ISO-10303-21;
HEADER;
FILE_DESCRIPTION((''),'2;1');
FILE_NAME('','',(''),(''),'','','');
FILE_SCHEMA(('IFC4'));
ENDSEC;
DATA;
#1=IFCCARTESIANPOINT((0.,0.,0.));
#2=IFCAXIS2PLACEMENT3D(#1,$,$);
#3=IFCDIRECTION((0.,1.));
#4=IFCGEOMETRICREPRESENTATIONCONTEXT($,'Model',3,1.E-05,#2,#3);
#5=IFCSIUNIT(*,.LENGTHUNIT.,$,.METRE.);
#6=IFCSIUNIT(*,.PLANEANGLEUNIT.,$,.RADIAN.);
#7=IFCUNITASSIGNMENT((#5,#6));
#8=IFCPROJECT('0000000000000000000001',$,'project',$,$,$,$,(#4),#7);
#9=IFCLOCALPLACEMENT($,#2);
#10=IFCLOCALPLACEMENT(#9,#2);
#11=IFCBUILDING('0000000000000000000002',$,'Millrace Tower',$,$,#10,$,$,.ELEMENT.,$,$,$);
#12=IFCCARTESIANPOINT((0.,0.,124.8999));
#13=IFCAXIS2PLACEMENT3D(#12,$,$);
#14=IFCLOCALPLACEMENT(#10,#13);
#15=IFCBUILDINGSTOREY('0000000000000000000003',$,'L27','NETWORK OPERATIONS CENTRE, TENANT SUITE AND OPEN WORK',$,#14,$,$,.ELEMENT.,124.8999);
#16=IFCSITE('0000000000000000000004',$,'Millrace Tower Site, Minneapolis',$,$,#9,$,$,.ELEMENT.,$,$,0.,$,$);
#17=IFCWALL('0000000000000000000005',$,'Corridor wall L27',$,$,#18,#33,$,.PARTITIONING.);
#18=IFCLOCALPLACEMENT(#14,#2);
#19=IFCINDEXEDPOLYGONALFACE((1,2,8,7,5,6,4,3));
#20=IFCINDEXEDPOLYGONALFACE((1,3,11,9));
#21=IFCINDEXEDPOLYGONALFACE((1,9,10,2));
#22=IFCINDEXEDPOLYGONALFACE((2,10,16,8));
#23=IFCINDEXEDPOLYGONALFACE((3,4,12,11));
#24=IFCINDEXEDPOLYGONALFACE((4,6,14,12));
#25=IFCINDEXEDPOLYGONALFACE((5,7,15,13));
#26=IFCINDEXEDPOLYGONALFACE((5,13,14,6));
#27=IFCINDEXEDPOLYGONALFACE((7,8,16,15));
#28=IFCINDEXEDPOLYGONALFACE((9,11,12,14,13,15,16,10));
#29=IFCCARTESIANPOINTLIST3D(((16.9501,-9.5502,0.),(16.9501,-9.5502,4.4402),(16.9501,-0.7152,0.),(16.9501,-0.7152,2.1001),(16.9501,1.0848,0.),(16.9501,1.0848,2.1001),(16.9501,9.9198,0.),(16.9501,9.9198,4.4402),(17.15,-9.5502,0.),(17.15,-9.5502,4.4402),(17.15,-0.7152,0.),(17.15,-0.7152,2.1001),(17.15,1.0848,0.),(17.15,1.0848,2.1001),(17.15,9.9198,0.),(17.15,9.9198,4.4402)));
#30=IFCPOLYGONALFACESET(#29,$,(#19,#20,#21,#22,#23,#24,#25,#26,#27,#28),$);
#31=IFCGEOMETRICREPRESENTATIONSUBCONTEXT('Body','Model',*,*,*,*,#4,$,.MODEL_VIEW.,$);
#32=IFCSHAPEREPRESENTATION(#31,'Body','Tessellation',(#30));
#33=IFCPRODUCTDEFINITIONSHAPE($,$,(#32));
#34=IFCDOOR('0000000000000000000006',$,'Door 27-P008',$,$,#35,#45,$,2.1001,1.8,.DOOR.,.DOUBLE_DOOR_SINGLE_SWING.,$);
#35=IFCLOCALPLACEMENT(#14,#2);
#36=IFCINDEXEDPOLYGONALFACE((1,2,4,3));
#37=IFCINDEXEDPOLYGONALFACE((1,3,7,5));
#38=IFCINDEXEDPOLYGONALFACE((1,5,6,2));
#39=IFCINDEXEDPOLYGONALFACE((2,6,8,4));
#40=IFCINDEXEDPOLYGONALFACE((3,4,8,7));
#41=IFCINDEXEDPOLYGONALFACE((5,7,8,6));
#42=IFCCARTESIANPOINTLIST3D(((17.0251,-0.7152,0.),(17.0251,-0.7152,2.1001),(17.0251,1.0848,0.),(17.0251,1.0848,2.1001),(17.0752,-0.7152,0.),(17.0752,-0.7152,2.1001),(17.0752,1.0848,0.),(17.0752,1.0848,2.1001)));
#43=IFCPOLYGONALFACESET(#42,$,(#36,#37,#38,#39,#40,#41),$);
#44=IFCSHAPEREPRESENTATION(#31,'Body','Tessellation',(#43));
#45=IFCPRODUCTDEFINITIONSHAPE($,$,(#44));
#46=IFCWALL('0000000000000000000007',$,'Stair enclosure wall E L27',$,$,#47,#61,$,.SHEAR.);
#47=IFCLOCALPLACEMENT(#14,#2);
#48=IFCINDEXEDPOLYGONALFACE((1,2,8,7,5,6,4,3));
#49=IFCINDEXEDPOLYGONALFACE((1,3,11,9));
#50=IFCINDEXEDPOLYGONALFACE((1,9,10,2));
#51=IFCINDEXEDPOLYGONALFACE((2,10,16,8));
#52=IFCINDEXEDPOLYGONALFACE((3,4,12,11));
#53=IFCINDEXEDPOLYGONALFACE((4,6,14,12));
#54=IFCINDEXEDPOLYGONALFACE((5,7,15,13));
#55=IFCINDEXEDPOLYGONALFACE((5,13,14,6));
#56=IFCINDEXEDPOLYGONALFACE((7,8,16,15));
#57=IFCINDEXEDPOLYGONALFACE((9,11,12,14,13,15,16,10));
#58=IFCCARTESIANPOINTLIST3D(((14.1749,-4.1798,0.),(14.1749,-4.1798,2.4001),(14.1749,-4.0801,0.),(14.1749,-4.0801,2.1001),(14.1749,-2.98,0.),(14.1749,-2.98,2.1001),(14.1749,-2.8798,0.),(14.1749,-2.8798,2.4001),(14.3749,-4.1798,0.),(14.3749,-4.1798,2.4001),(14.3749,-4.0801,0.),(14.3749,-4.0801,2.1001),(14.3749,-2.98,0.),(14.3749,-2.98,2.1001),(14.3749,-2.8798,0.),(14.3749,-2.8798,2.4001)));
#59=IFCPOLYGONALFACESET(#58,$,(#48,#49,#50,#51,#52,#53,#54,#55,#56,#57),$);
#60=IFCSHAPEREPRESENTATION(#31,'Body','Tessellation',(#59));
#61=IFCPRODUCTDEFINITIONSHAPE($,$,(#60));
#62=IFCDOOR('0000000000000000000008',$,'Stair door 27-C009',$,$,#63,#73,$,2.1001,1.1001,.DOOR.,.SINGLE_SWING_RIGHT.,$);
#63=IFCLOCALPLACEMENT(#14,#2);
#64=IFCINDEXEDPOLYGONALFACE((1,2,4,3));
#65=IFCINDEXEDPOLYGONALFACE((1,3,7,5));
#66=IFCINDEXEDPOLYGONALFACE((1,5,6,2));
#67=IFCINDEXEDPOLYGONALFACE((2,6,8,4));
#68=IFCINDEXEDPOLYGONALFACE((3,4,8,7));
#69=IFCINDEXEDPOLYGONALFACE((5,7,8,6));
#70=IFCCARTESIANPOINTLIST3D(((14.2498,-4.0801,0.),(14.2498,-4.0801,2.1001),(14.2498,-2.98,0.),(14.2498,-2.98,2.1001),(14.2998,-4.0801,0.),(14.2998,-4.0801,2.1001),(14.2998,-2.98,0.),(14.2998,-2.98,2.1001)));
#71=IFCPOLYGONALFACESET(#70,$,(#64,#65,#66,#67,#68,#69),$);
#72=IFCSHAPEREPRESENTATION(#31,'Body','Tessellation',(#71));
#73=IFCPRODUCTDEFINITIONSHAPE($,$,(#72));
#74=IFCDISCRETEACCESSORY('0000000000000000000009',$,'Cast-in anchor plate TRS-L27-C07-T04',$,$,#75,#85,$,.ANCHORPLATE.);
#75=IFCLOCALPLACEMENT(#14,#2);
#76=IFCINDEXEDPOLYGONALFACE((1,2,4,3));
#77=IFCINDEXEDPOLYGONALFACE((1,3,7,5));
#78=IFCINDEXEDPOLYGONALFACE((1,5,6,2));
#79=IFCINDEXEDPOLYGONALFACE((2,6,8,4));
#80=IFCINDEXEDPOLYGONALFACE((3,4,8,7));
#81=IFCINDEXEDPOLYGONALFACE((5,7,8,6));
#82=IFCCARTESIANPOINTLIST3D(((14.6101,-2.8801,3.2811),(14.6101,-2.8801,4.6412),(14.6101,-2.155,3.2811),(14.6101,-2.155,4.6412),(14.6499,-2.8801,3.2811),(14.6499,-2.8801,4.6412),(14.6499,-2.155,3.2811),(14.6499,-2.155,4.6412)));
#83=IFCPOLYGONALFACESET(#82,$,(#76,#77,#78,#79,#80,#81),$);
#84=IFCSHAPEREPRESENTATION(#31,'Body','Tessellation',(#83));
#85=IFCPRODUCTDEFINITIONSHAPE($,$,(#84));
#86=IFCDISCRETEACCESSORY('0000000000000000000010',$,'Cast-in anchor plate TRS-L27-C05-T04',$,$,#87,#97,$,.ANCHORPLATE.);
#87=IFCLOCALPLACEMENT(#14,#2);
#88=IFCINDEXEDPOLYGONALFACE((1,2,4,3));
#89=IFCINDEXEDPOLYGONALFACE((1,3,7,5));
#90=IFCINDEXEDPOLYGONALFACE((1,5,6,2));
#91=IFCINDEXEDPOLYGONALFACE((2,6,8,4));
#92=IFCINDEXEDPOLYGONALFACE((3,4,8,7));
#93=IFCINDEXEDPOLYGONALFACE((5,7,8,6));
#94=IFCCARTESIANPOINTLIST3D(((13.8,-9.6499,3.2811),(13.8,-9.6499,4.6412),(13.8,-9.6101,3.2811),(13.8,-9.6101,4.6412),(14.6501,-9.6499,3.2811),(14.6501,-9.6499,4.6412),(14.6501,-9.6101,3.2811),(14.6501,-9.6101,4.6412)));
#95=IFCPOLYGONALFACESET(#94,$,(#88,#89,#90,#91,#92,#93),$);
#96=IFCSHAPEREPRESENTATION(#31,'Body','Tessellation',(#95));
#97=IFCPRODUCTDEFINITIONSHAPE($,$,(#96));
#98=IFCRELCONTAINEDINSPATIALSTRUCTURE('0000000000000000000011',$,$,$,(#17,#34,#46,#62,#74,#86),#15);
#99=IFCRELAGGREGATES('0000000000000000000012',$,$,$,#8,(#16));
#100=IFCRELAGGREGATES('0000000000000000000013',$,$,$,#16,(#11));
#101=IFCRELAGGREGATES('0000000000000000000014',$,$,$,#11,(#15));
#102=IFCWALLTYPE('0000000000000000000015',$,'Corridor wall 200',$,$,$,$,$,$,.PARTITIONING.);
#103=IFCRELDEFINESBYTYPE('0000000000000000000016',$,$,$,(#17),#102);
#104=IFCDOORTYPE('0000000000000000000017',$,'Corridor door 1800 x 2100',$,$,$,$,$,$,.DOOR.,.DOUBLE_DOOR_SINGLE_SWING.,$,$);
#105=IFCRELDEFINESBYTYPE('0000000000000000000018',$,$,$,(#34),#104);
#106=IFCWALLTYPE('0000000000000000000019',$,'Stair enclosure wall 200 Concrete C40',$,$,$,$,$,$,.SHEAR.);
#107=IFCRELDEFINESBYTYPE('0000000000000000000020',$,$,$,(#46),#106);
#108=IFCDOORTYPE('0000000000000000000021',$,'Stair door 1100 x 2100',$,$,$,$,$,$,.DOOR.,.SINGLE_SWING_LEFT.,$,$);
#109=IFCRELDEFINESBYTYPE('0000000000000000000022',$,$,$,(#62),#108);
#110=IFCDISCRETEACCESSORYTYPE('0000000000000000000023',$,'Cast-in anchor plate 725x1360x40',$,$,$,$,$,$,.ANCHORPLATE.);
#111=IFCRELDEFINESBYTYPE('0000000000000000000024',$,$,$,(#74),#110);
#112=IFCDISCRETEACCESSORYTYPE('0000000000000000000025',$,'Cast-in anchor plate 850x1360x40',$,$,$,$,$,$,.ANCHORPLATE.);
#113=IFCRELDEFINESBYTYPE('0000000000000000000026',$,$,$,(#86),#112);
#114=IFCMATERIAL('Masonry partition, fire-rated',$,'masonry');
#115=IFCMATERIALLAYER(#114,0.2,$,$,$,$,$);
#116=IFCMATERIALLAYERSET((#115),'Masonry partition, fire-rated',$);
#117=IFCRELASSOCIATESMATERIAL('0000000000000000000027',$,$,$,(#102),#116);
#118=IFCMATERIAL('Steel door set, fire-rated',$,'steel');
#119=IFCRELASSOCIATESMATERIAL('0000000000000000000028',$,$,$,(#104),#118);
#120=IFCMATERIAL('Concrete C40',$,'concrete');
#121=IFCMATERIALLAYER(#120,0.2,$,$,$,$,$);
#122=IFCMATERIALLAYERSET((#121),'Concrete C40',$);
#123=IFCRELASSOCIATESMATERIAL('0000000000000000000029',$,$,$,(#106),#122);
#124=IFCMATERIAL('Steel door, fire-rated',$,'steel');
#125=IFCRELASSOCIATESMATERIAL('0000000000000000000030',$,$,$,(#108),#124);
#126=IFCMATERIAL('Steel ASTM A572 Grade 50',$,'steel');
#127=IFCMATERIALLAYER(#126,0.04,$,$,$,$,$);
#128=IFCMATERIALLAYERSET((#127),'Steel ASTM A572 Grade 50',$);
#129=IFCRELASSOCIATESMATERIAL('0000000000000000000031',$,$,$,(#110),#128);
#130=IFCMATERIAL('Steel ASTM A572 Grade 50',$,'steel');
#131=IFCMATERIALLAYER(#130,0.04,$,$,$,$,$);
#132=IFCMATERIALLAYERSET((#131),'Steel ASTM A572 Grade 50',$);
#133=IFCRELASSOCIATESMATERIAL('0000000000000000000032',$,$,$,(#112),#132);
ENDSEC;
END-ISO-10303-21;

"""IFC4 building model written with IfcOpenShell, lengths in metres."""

from ifc_helpers import new_model, si_unit, direction, frame, frame_2d, origin, origin_2d, place, context, subcontext, project, spatial, rectangle, extrude, material, layer, layer_set, type_object, element, fill, save


model = new_model("IFC4")

# Units and contexts
model_context = context("Model", 3, precision=1e-05, world=origin(), true_north=direction((0.0, 1.0)))
body_context = subcontext(model_context, "Body", "Model", "MODEL_VIEW")
ifc_project = project(units=[si_unit("LENGTHUNIT", "METRE"), si_unit("PLANEANGLEUNIT", "RADIAN")], contexts=[model_context])

# Site, building, storey
site_placement = place(None, origin())
site = spatial("IfcSite", under=ifc_project, at=site_placement, Name="Millrace Tower Site, Minneapolis", CompositionType="ELEMENT", RefElevation=0.0)
building_placement = place(site_placement, origin())
building = spatial("IfcBuilding", under=site, at=building_placement, Name="Millrace Tower", CompositionType="ELEMENT")
storey_placement = place(building_placement, frame((0.0, 0.0, 124.8999)))
storey = spatial("IfcBuildingStorey", under=building, at=storey_placement, Name="L27", Description="NETWORK OPERATIONS CENTRE, TENANT SUITE AND OPEN WORK", CompositionType="ELEMENT", Elevation=124.8999)

# Shared definitions
ifc_material_1 = material(Name="Masonry partition, fire-rated", Category="masonry")
ifc_layer_1 = layer(ifc_material_1, 0.2)
ifc_layer_set_1 = layer_set([ifc_layer_1], Name="Masonry partition, fire-rated")
wall_type_1 = type_object("IfcWallType", Name="Corridor wall 200", PredefinedType="PARTITIONING", material=ifc_layer_set_1)

# Walls, openings, doors
wall_1_placement = place(storey_placement, frame((17.05, -9.55, 0.0), z_axis=(0.0, 0.0, 1.0), x_axis=(0.0, 1.0, 0.0)))
wall_1 = element("IfcWall", 1, at=wall_1_placement, inside=storey, type_object=wall_type_1, Name="Corridor wall L27", PredefinedType="PARTITIONING", context=body_context, shape_type="SweptSolid", body=[
    extrude(rectangle(XDim=19.47, YDim=0.2, at=frame_2d((9.7349, 0.0))), origin(), (0.0, 0.0, 1.0), 4.4402),
])
opening_1_placement = place(wall_1_placement, frame((8.835, 0.0, 0.0)))
opening_1 = element("IfcOpeningElement", 2, at=opening_1_placement, cuts=wall_1, PredefinedType="OPENING", context=body_context, shape_type="SweptSolid", body=[
    extrude(rectangle(XDim=1.8, YDim=2.1001, at=frame_2d((0.8999, 1.05))), frame((0.0, 0.1099, 0.0), z_axis=(0.0, -1.0, 0.0), x_axis=(1.0, 0.0, 0.0)), (0.0, 0.0, 1.0), 0.22),
])
ifc_material_2 = material(Name="Steel door set, fire-rated", Category="steel")
door_type_1 = type_object("IfcDoorType", Name="Corridor door 1800 x 2100", OperationType="DOUBLE_DOOR_SINGLE_SWING", PredefinedType="DOOR", material=ifc_material_2)
door_1_placement = place(opening_1_placement, origin())
door_1 = element("IfcDoor", 3, at=door_1_placement, inside=storey, type_object=door_type_1, Name="Door 27-P008", OperationType="DOUBLE_DOOR_SINGLE_SWING", OverallHeight=2.1001, OverallWidth=1.8, PredefinedType="DOOR", context=body_context, shape_type="SweptSolid", body=[
    extrude(rectangle(XDim=1.8, YDim=2.1001, at=frame_2d((0.8999, 1.05))), frame((0.0, 0.0249, 0.0), z_axis=(0.0, -1.0, 0.0), x_axis=(1.0, 0.0, 0.0)), (0.0, 0.0, 1.0), 0.05),
])
fill(opening_1, door_1)
ifc_material_3 = material(Name="Concrete C40", Category="concrete")
ifc_layer_2 = layer(ifc_material_3, 0.2)
ifc_layer_set_2 = layer_set([ifc_layer_2], Name="Concrete C40")
wall_type_2 = type_object("IfcWallType", Name="Stair enclosure wall 200 Concrete C40", PredefinedType="SHEAR", material=ifc_layer_set_2)
wall_2_placement = place(storey_placement, frame((14.2749, -2.8799, 0.0), z_axis=(0.0, 0.0, 1.0), x_axis=(0.0, -1.0, 0.0)))
wall_2 = element("IfcWall", 4, at=wall_2_placement, inside=storey, type_object=wall_type_2, Name="Stair enclosure wall E L27", PredefinedType="SHEAR", context=body_context, shape_type="SweptSolid", body=[
    extrude(rectangle(XDim=1.3, YDim=0.2, at=frame_2d((0.6499, 0.0))), origin(), (0.0, 0.0, 1.0), 2.4001),
])
opening_2_placement = place(wall_2_placement, frame((0.1001, 0.0, 0.0)))
opening_2 = element("IfcOpeningElement", 5, at=opening_2_placement, cuts=wall_2, PredefinedType="OPENING", context=body_context, shape_type="SweptSolid", body=[
    extrude(rectangle(XDim=1.1001, YDim=2.1001, at=frame_2d((0.55, 1.05))), frame((0.0, 0.1099, 0.0), z_axis=(0.0, -1.0, 0.0), x_axis=(1.0, 0.0, 0.0)), (0.0, 0.0, 1.0), 0.22),
])
ifc_material_4 = material(Name="Steel door, fire-rated", Category="steel")
door_type_2 = type_object("IfcDoorType", Name="Stair door 1100 x 2100", OperationType="SINGLE_SWING_LEFT", PredefinedType="DOOR", material=ifc_material_4)
door_2_placement = place(opening_2_placement, origin())
door_2 = element("IfcDoor", 6, at=door_2_placement, inside=storey, type_object=door_type_2, Name="Stair door 27-C009", OperationType="SINGLE_SWING_RIGHT", OverallHeight=2.1001, OverallWidth=1.1001, PredefinedType="DOOR", context=body_context, shape_type="SweptSolid", body=[
    extrude(rectangle(XDim=1.1001, YDim=2.1001, at=frame_2d((0.55, 1.05))), frame((0.0, 0.0249, 0.0), z_axis=(0.0, -1.0, 0.0), x_axis=(1.0, 0.0, 0.0)), (0.0, 0.0, 1.0), 0.05),
])
fill(opening_2, door_2)

# Discrete accessories
ifc_material_5 = material(Name="Steel ASTM A572 Grade 50", Category="steel")
ifc_layer_3 = layer(ifc_material_5, 0.04)
ifc_layer_set_3 = layer_set([ifc_layer_3], Name="Steel ASTM A572 Grade 50")
discrete_accessory_type_1 = type_object("IfcDiscreteAccessoryType", Name="Cast-in anchor plate 725x1360x40", PredefinedType="ANCHORPLATE", material=ifc_layer_set_3)
discrete_accessory_1_placement = place(storey_placement, frame((14.6101, -2.5176, 3.9612), z_axis=(1.0, 0.0, 0.0), x_axis=(0.0, 1.0, 0.0)))
element("IfcDiscreteAccessory", 7, at=discrete_accessory_1_placement, inside=storey, type_object=discrete_accessory_type_1, Name="Cast-in anchor plate TRS-L27-C07-T04", PredefinedType="ANCHORPLATE", context=body_context, shape_type="SweptSolid", body=[
    extrude(rectangle(XDim=0.7251, YDim=1.3601, at=origin_2d()), origin(), (0.0, 0.0, 1.0), 0.0398),
])
ifc_material_6 = material(Name="Steel ASTM A572 Grade 50", Category="steel")
ifc_layer_4 = layer(ifc_material_6, 0.04)
ifc_layer_set_4 = layer_set([ifc_layer_4], Name="Steel ASTM A572 Grade 50")
discrete_accessory_type_2 = type_object("IfcDiscreteAccessoryType", Name="Cast-in anchor plate 850x1360x40", PredefinedType="ANCHORPLATE", material=ifc_layer_set_4)
discrete_accessory_2_placement = place(storey_placement, frame((14.2251, -9.6101, 3.9612), z_axis=(0.0, -1.0, 0.0), x_axis=(1.0, 0.0, 0.0)))
element("IfcDiscreteAccessory", 8, at=discrete_accessory_2_placement, inside=storey, type_object=discrete_accessory_type_2, Name="Cast-in anchor plate TRS-L27-C05-T04", PredefinedType="ANCHORPLATE", context=body_context, shape_type="SweptSolid", body=[
    extrude(rectangle(XDim=0.8501, YDim=1.3601, at=origin_2d()), origin(), (0.0, 0.0, 1.0), 0.0398),
])

save(model, "model.ifc")
